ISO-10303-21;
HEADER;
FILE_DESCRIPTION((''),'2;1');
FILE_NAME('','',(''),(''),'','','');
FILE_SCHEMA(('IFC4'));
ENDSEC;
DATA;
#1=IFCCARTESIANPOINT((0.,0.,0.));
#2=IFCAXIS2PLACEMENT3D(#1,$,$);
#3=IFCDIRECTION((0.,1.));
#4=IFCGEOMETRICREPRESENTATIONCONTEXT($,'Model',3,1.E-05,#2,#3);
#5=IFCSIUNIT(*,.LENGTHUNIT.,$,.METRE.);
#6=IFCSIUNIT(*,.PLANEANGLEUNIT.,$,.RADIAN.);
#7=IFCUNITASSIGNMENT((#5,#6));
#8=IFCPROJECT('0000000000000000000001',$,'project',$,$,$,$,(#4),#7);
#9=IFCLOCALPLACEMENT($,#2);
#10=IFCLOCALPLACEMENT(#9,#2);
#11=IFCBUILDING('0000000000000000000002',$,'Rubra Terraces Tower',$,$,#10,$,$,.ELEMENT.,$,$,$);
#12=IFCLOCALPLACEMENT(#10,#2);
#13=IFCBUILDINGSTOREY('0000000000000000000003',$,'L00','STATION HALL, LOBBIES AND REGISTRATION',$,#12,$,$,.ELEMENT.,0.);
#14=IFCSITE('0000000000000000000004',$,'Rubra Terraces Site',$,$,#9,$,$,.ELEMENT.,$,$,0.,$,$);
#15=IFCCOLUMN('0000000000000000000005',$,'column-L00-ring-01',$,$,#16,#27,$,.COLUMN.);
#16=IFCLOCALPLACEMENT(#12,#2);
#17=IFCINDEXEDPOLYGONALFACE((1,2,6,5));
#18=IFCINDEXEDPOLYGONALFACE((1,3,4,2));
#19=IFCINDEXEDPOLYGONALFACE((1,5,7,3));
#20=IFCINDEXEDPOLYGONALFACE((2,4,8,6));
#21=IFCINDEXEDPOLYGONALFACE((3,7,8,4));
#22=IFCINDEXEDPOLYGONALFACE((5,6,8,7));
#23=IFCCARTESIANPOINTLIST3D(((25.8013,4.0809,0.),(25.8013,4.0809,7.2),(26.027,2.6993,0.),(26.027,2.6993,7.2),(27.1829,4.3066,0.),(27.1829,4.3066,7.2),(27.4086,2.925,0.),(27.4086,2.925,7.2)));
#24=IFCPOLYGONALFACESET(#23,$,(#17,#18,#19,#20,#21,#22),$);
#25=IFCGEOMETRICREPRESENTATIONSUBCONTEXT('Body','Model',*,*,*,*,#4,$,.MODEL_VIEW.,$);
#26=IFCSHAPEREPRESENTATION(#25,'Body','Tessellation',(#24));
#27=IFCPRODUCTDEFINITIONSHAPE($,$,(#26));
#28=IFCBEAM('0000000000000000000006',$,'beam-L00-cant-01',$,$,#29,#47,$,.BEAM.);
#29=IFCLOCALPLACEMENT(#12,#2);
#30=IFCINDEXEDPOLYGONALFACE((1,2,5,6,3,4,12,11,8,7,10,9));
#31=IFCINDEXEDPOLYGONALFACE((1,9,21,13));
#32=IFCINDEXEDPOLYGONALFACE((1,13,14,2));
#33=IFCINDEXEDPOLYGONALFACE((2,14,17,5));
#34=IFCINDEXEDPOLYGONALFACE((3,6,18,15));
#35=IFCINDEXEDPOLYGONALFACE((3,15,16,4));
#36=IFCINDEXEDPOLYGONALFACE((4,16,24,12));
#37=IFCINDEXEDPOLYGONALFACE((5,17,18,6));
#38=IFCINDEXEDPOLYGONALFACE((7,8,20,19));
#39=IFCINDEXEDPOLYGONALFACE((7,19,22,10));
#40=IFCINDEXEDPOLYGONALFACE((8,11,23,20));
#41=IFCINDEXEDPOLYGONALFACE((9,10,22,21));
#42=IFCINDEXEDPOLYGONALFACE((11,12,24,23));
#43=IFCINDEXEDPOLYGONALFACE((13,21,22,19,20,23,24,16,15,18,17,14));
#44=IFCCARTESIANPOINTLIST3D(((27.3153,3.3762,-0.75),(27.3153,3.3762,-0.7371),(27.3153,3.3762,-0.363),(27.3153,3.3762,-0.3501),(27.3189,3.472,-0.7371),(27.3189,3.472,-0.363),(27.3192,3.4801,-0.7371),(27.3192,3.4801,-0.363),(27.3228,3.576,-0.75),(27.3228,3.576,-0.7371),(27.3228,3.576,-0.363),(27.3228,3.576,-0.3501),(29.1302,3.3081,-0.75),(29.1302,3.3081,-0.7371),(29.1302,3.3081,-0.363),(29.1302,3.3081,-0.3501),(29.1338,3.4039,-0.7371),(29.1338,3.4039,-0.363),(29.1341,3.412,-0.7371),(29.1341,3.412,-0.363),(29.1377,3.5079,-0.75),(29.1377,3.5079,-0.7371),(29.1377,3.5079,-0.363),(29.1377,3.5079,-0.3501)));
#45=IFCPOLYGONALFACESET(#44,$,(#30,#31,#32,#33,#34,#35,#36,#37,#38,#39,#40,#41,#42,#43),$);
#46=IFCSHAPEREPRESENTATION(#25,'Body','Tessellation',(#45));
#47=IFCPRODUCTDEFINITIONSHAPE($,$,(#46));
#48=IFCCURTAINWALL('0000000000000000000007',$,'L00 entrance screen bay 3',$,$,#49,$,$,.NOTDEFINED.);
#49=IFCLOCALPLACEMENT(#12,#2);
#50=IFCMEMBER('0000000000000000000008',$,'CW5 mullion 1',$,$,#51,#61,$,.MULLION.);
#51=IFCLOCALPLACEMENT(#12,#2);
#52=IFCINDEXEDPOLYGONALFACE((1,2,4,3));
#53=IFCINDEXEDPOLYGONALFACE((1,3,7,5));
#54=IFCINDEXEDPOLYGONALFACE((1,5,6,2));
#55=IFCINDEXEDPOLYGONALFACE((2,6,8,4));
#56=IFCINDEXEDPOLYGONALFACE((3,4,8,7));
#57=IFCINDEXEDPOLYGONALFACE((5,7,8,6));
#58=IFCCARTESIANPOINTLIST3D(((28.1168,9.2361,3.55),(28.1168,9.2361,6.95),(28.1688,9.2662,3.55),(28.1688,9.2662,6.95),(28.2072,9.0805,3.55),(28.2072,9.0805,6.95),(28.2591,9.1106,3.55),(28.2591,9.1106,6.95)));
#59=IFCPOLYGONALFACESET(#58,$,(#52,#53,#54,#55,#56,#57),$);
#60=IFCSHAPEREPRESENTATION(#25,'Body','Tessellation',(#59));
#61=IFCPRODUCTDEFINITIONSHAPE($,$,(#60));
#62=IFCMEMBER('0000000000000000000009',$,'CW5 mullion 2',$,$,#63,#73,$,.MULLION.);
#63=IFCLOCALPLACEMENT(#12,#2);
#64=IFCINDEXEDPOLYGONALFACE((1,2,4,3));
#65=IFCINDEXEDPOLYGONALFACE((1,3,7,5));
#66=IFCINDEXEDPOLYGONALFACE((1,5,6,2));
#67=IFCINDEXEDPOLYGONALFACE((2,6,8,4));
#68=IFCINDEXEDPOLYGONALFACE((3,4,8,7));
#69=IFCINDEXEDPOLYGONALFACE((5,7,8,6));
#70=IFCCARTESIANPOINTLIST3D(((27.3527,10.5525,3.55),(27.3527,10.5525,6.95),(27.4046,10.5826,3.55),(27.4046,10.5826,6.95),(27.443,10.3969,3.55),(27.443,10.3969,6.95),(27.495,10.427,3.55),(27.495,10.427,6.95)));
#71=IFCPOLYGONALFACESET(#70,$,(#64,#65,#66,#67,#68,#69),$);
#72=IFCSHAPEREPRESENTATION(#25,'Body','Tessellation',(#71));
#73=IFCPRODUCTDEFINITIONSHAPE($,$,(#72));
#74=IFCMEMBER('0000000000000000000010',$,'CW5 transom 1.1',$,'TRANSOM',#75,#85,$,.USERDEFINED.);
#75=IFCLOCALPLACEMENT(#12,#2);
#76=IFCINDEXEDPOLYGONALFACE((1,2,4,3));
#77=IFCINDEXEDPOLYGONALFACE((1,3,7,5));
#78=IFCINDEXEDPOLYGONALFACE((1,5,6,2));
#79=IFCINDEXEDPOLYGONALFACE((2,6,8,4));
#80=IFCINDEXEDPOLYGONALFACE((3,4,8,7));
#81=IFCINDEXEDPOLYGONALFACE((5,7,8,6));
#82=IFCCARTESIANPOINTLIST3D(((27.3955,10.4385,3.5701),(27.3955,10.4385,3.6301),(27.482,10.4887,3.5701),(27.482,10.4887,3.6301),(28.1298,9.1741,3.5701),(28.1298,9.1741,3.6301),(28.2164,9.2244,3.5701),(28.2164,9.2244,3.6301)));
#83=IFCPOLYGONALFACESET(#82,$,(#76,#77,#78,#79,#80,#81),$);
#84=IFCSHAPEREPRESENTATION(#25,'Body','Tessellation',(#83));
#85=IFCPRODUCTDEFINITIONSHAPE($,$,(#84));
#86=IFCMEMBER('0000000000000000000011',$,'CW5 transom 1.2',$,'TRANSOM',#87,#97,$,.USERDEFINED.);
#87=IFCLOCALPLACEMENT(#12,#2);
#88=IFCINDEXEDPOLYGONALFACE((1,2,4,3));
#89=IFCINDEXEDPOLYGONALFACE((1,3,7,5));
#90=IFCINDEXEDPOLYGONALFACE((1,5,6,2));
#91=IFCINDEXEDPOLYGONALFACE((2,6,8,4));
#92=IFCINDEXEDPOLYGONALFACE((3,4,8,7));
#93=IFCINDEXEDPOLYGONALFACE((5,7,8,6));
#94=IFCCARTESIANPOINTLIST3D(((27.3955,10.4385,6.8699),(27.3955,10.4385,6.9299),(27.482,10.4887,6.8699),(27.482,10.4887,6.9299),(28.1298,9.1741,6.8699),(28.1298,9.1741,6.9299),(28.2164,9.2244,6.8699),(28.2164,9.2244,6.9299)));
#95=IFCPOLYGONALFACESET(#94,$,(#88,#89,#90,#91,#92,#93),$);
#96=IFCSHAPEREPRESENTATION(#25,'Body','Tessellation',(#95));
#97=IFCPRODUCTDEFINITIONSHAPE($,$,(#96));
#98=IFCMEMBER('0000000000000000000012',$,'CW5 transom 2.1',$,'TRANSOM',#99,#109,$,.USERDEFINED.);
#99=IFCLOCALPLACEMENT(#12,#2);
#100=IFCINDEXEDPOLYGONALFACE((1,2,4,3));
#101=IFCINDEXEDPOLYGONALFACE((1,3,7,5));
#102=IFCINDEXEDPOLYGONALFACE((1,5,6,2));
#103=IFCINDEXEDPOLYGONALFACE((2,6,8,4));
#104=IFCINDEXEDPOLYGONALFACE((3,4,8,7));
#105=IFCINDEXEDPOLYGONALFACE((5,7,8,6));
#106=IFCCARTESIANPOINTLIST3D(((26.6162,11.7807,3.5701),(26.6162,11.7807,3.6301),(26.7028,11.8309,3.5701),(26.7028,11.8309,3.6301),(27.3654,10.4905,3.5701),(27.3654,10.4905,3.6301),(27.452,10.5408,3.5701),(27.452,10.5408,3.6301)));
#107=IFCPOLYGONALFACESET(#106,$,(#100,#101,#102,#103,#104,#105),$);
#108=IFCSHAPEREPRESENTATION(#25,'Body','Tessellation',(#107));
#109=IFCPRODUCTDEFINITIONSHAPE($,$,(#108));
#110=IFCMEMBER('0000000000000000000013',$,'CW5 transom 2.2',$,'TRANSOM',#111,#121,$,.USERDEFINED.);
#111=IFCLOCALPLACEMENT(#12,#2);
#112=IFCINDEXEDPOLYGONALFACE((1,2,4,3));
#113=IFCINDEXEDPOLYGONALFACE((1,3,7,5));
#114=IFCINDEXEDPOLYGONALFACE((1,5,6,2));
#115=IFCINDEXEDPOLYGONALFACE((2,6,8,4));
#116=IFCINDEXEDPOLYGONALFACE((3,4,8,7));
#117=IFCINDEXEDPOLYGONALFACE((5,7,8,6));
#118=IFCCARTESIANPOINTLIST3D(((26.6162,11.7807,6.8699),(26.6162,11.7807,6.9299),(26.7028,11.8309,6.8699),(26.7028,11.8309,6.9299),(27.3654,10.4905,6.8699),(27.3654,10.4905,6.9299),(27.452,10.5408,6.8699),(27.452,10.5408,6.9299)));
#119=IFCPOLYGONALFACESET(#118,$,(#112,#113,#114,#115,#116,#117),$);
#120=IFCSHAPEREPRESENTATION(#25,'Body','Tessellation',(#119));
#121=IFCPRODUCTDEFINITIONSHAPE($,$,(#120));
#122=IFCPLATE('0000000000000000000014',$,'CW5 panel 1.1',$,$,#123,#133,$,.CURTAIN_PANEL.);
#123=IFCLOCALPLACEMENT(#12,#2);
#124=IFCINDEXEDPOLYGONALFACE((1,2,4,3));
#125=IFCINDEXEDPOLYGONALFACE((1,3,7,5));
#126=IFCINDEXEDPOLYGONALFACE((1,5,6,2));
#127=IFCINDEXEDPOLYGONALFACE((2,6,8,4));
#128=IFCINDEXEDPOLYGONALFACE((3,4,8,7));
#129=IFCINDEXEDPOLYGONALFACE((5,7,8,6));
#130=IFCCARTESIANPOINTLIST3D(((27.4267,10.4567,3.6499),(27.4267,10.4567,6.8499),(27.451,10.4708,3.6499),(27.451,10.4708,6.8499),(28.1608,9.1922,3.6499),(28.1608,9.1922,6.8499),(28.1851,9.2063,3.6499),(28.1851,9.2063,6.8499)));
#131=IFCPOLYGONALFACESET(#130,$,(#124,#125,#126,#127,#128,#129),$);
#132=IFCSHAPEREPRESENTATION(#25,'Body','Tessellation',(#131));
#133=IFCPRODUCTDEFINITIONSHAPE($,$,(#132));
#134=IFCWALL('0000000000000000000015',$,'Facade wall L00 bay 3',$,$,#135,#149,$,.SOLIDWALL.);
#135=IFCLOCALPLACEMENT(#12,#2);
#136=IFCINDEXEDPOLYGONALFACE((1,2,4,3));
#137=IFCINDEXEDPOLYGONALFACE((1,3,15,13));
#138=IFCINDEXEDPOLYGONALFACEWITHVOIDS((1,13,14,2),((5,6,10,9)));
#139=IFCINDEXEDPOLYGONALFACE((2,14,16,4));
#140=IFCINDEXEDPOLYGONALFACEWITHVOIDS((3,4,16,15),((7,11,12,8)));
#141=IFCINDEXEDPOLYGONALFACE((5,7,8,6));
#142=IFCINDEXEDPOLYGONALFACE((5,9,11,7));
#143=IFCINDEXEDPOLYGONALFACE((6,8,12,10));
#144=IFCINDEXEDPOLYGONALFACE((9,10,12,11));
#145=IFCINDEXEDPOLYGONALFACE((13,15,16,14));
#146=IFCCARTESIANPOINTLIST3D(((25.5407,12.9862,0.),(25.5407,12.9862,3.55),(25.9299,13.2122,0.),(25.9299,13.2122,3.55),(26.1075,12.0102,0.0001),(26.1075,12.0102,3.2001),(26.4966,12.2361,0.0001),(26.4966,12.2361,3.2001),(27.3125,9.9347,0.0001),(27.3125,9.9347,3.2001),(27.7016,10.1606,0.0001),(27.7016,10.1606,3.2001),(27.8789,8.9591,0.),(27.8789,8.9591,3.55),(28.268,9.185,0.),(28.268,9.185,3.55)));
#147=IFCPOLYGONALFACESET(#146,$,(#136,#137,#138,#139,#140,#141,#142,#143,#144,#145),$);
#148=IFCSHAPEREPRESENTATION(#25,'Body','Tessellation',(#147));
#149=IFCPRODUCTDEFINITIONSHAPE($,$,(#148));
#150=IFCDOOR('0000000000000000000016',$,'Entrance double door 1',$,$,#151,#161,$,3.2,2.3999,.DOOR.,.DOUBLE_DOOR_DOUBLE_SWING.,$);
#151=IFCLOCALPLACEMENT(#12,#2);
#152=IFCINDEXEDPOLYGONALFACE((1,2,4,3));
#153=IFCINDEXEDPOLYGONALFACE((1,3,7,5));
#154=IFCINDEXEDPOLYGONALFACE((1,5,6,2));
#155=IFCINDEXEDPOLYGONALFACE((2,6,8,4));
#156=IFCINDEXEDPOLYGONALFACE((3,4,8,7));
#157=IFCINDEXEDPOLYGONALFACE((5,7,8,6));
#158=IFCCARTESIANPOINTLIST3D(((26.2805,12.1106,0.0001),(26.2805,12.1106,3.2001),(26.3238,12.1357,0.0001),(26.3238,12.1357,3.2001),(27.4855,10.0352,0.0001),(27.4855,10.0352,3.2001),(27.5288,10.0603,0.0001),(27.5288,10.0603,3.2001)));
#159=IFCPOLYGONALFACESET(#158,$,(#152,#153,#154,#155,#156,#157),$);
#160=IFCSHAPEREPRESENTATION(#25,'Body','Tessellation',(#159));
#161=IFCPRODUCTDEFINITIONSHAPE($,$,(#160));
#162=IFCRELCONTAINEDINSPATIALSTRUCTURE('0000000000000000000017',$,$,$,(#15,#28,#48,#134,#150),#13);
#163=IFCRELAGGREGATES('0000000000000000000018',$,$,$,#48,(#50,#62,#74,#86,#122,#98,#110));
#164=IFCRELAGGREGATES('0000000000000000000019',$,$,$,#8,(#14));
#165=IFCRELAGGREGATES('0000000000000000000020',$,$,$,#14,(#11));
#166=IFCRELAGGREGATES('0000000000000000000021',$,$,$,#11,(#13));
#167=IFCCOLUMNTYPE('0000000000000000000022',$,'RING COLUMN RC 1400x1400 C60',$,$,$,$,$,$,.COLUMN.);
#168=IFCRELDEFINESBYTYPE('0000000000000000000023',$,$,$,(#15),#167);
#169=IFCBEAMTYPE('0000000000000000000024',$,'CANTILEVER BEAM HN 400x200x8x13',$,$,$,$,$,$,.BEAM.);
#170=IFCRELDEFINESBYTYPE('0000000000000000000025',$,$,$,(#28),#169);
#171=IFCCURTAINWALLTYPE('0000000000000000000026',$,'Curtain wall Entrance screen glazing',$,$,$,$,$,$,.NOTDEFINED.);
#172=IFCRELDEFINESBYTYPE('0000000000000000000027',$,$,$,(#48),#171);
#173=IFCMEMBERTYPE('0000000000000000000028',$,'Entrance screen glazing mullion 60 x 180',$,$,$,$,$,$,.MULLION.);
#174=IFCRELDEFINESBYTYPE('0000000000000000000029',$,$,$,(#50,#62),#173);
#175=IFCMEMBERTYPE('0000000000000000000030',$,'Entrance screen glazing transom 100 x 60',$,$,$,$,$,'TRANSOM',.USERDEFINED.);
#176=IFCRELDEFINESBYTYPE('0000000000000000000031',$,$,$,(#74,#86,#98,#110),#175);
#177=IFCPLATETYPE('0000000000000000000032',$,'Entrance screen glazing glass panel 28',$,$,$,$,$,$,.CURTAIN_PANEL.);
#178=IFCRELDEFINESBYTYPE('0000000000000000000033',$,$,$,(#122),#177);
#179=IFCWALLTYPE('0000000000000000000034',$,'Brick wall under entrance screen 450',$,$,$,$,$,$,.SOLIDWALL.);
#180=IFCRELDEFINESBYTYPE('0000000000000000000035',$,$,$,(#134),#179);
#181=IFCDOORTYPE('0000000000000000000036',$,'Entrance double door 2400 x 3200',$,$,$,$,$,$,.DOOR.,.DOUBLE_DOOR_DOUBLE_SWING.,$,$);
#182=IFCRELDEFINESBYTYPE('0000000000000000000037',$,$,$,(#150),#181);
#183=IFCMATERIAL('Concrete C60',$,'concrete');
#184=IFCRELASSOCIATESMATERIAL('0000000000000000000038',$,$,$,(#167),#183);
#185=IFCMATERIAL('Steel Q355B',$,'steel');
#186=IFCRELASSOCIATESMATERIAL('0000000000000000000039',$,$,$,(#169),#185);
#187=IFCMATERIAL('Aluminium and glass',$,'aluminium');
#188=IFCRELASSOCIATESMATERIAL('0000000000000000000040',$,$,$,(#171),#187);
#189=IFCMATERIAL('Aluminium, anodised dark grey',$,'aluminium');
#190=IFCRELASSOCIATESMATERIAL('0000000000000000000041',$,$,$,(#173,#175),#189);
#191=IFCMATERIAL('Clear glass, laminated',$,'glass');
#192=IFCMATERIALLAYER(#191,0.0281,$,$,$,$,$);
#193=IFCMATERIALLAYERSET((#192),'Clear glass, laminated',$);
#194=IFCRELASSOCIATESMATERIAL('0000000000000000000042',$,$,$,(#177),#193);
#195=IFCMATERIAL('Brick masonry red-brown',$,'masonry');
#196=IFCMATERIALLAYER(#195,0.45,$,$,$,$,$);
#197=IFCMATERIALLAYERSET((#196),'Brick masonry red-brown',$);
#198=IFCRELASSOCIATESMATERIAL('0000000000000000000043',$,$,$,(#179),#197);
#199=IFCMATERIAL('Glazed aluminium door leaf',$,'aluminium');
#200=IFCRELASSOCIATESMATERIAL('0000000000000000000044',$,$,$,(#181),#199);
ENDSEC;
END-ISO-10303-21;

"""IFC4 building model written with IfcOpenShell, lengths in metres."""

from ifc_helpers import new_model, si_unit, direction, frame, frame_2d, origin, origin_2d, place, context, subcontext, project, spatial, rectangle, i_section, extrude, material, layer, layer_set, material_profile, profile_set, type_object, element, fill, aggregate, save


model = new_model("IFC4")

# Units and contexts
model_context = context("Model", 3, precision=1e-05, world=origin(), true_north=direction((0.0, 1.0)))
body_context = subcontext(model_context, "Body", "Model", "MODEL_VIEW")
ifc_project = project(units=[si_unit("LENGTHUNIT", "METRE"), si_unit("PLANEANGLEUNIT", "RADIAN")], contexts=[model_context])

# Site, building, storey
site_placement = place(None, origin())
site = spatial("IfcSite", under=ifc_project, at=site_placement, Name="Rubra Terraces Site", CompositionType="ELEMENT", RefElevation=0.0)
building_placement = place(site_placement, origin())
building = spatial("IfcBuilding", under=site, at=building_placement, Name="Rubra Terraces Tower", CompositionType="ELEMENT")
storey_placement = place(building_placement, origin())
storey = spatial("IfcBuildingStorey", under=building, at=storey_placement, Name="L00", Description="STATION HALL, LOBBIES AND REGISTRATION", CompositionType="ELEMENT", Elevation=0.0)

# Column
ifc_material_1 = material(Name="Concrete C60", Category="concrete")
ifc_material_profile_1 = material_profile(ifc_material_1, rectangle(XDim=1.3999, YDim=1.3999, at=origin_2d()), Name="RC 1400x1400")
ifc_profile_set_1 = profile_set([ifc_material_profile_1], Name="Concrete C60")
column_type = type_object("IfcColumnType", Name="RING COLUMN RC 1400x1400 C60", PredefinedType="COLUMN", material=ifc_profile_set_1)
column_placement = place(storey_placement, frame((26.605, 3.5029, 0.0), z_axis=(0.0, 0.0, 1.0), x_axis=(-0.161234, 0.986916, 0.0)))
element("IfcColumn", 1, at=column_placement, inside=storey, type_object=column_type, Name="column-L00-ring-01", PredefinedType="COLUMN", context=body_context, shape_type="SweptSolid", body=[
    extrude(rectangle(XDim=1.3999, YDim=1.3999, at=origin_2d()), origin(), (0.0, 0.0, 1.0), 7.2),
])

# Beam
ifc_material_2 = material(Name="Steel Q355B", Category="steel")
ifc_material_profile_2 = material_profile(ifc_material_2, i_section(OverallWidth=0.2, OverallDepth=0.3999, WebThickness=0.0081, FlangeThickness=0.0129, at=origin_2d()), Name="HN 400x200x8x13")
ifc_profile_set_2 = profile_set([ifc_material_profile_2], Name="Steel Q355B")
beam_type = type_object("IfcBeamType", Name="CANTILEVER BEAM HN 400x200x8x13", PredefinedType="BEAM", material=ifc_profile_set_2)
beam_placement = place(storey_placement, frame((27.3191, 3.4761, -0.55), z_axis=(0.999296, -0.037504, 0.0), x_axis=(0.037504, 0.999296, 0.0)))
element("IfcBeam", 2, at=beam_placement, inside=storey, type_object=beam_type, Name="beam-L00-cant-01", PredefinedType="BEAM", context=body_context, shape_type="SweptSolid", body=[
    extrude(i_section(OverallWidth=0.2, OverallDepth=0.3999, WebThickness=0.0081, FlangeThickness=0.0129, at=origin_2d()), origin(), (0.0, 0.0, 1.0), 1.8162),
])

# Curtain wall, members, plate
ifc_material_3 = material(Name="Aluminium and glass", Category="aluminium")
curtain_wall_type = type_object("IfcCurtainWallType", Name="Curtain wall Entrance screen glazing", PredefinedType="NOTDEFINED", material=ifc_material_3)
curtain_wall_placement = place(storey_placement, origin())
curtain_wall = element("IfcCurtainWall", 3, at=curtain_wall_placement, inside=storey, type_object=curtain_wall_type, Name="L00 entrance screen bay 3", PredefinedType="NOTDEFINED")
ifc_material_4 = material(Name="Aluminium, anodised dark grey", Category="aluminium")
ifc_material_profile_3 = material_profile(ifc_material_4, rectangle(XDim=0.0601, YDim=0.1799, at=origin_2d()), Name="AL 60x180")
ifc_profile_set_3 = profile_set([ifc_material_profile_3], Name="Aluminium, anodised dark grey")
member_type_1 = type_object("IfcMemberType", Name="Entrance screen glazing mullion 60 x 180", PredefinedType="MULLION", material=ifc_profile_set_3)
member_1_placement = place(storey_placement, frame((28.188, 9.1733, 3.55), z_axis=(0.0, 0.0, 1.0), x_axis=(-0.864813, -0.502094, 0.0)))
member_1 = element("IfcMember", 4, at=member_1_placement, type_object=member_type_1, Name="CW5 mullion 1", PredefinedType="MULLION", context=body_context, shape_type="SweptSolid", body=[
    extrude(rectangle(XDim=0.0601, YDim=0.1799, at=origin_2d()), origin(), (0.0, 0.0, 1.0), 3.3999),
])
member_2_placement = place(storey_placement, frame((27.4238, 10.4897, 3.55), z_axis=(0.0, 0.0, 1.0), x_axis=(-0.864813, -0.502094, 0.0)))
member_2 = element("IfcMember", 5, at=member_2_placement, type_object=member_type_1, Name="CW5 mullion 2", PredefinedType="MULLION", context=body_context, shape_type="SweptSolid", body=[
    extrude(rectangle(XDim=0.0601, YDim=0.1799, at=origin_2d()), origin(), (0.0, 0.0, 1.0), 3.3999),
])
ifc_material_profile_4 = material_profile(ifc_material_4, rectangle(XDim=0.1001, YDim=0.0601, at=origin_2d()), Name="AL 100x60")
ifc_profile_set_4 = profile_set([ifc_material_profile_4], Name="Aluminium, anodised dark grey")
member_type_2 = type_object("IfcMemberType", Name="Entrance screen glazing transom 100 x 60", ElementType="TRANSOM", PredefinedType="USERDEFINED", material=ifc_profile_set_4)
member_3_placement = place(storey_placement, frame((28.1731, 9.1992, 3.6001), z_axis=(-0.50224, 0.864728, 0.0), x_axis=(-0.864728, -0.50224, 0.0)))
member_3 = element("IfcMember", 6, at=member_3_placement, type_object=member_type_2, Name="CW5 transom 1.1", ObjectType="TRANSOM", PredefinedType="USERDEFINED", context=body_context, shape_type="SweptSolid", body=[
    extrude(rectangle(XDim=0.1001, YDim=0.0601, at=origin_2d()), origin(), (0.0, 0.0, 1.0), 1.4622),
])
member_4_placement = place(storey_placement, frame((28.1731, 9.1992, 6.8999), z_axis=(-0.50224, 0.864728, 0.0), x_axis=(-0.864728, -0.50224, 0.0)))
member_4 = element("IfcMember", 7, at=member_4_placement, type_object=member_type_2, Name="CW5 transom 1.2", ObjectType="TRANSOM", PredefinedType="USERDEFINED", context=body_context, shape_type="SweptSolid", body=[
    extrude(rectangle(XDim=0.1001, YDim=0.0601, at=origin_2d()), origin(), (0.0, 0.0, 1.0), 1.4622),
])
member_5_placement = place(storey_placement, frame((27.4087, 10.5156, 3.6001), z_axis=(-0.502171, 0.864768, 0.0), x_axis=(-0.864768, -0.502171, 0.0)))
member_5 = element("IfcMember", 8, at=member_5_placement, type_object=member_type_2, Name="CW5 transom 2.1", ObjectType="TRANSOM", PredefinedType="USERDEFINED", context=body_context, shape_type="SweptSolid", body=[
    extrude(rectangle(XDim=0.1001, YDim=0.0601, at=origin_2d()), origin(), (0.0, 0.0, 1.0), 1.4919),
])
member_6_placement = place(storey_placement, frame((27.4087, 10.5156, 6.8999), z_axis=(-0.502171, 0.864768, 0.0), x_axis=(-0.864768, -0.502171, 0.0)))
member_6 = element("IfcMember", 9, at=member_6_placement, type_object=member_type_2, Name="CW5 transom 2.2", ObjectType="TRANSOM", PredefinedType="USERDEFINED", context=body_context, shape_type="SweptSolid", body=[
    extrude(rectangle(XDim=0.1001, YDim=0.0601, at=origin_2d()), origin(), (0.0, 0.0, 1.0), 1.4919),
])
ifc_material_5 = material(Name="Clear glass, laminated", Category="glass")
ifc_layer_1 = layer(ifc_material_5, 0.0281)
ifc_layer_set_1 = layer_set([ifc_layer_1], Name="Clear glass, laminated")
plate_type = type_object("IfcPlateType", Name="Entrance screen glazing glass panel 28", PredefinedType="CURTAIN_PANEL", material=ifc_layer_set_1)
plate_placement = place(storey_placement, frame((27.8059, 9.8315, 3.6499), z_axis=(0.0, 0.0, 1.0), x_axis=(-0.502094, 0.864813, 0.0)))
plate = element("IfcPlate", 10, at=plate_placement, type_object=plate_type, Name="CW5 panel 1.1", PredefinedType="CURTAIN_PANEL", context=body_context, shape_type="SweptSolid", body=[
    extrude(rectangle(XDim=1.4622, YDim=0.0281, at=origin_2d()), origin(), (0.0, 0.0, 1.0), 3.2),
])
aggregate(curtain_wall, [member_1, member_2, member_3, member_4, plate, member_5, member_6])

# Shared definitions
ifc_material_6 = material(Name="Brick masonry red-brown", Category="masonry")
ifc_material_7 = material(Name="Glazed aluminium door leaf", Category="aluminium")

# Wall, opening, door
ifc_layer_2 = layer(ifc_material_6, 0.45)
ifc_layer_set_2 = layer_set([ifc_layer_2], Name="Brick masonry red-brown")
wall_type_1 = type_object("IfcWallType", Name="Brick wall under entrance screen 450", PredefinedType="SOLIDWALL", material=ifc_layer_set_2)
wall_1_placement = place(storey_placement, frame((28.0735, 9.072, 0.0), z_axis=(0.0, 0.0, 1.0), x_axis=(-0.502106, 0.864806, 0.0)))
wall_1 = element("IfcWall", 11, at=wall_1_placement, inside=storey, type_object=wall_type_1, Name="Facade wall L00 bay 3", PredefinedType="SOLIDWALL", context=body_context, shape_type="SweptSolid", body=[
    extrude(rectangle(XDim=4.6567, YDim=0.45, at=frame_2d((2.3284, 0.0))), origin(), (0.0, 0.0, 1.0), 3.55),
])
opening_1_placement = place(wall_1_placement, frame((1.1282, 0.0, 0.0)))
opening_1 = element("IfcOpeningElement", 12, at=opening_1_placement, cuts=wall_1, PredefinedType="OPENING", context=body_context, shape_type="SweptSolid", body=[
    extrude(rectangle(XDim=2.3999, YDim=3.2, at=frame_2d((1.2, 1.6001))), frame((0.0, 0.2349, 0.0), z_axis=(0.0, -1.0, 0.0), x_axis=(1.0, 0.0, 0.0)), (0.0, 0.0, 1.0), 0.47),
])
door_type_1 = type_object("IfcDoorType", Name="Entrance double door 2400 x 3200", OperationType="DOUBLE_DOOR_DOUBLE_SWING", PredefinedType="DOOR", material=ifc_material_7)
door_1_placement = place(opening_1_placement, origin())
door_1 = element("IfcDoor", 13, at=door_1_placement, inside=storey, type_object=door_type_1, Name="Entrance double door 1", OperationType="DOUBLE_DOOR_DOUBLE_SWING", OverallHeight=3.2, OverallWidth=2.3999, PredefinedType="DOOR", context=body_context, shape_type="SweptSolid", body=[
    extrude(rectangle(XDim=2.3999, YDim=3.2, at=frame_2d((1.2, 1.6001))), frame((0.0, 0.0249, 0.0), z_axis=(0.0, -1.0, 0.0), x_axis=(1.0, 0.0, 0.0)), (0.0, 0.0, 1.0), 0.05),
])
fill(opening_1, door_1)

save(model, "model.ifc")
